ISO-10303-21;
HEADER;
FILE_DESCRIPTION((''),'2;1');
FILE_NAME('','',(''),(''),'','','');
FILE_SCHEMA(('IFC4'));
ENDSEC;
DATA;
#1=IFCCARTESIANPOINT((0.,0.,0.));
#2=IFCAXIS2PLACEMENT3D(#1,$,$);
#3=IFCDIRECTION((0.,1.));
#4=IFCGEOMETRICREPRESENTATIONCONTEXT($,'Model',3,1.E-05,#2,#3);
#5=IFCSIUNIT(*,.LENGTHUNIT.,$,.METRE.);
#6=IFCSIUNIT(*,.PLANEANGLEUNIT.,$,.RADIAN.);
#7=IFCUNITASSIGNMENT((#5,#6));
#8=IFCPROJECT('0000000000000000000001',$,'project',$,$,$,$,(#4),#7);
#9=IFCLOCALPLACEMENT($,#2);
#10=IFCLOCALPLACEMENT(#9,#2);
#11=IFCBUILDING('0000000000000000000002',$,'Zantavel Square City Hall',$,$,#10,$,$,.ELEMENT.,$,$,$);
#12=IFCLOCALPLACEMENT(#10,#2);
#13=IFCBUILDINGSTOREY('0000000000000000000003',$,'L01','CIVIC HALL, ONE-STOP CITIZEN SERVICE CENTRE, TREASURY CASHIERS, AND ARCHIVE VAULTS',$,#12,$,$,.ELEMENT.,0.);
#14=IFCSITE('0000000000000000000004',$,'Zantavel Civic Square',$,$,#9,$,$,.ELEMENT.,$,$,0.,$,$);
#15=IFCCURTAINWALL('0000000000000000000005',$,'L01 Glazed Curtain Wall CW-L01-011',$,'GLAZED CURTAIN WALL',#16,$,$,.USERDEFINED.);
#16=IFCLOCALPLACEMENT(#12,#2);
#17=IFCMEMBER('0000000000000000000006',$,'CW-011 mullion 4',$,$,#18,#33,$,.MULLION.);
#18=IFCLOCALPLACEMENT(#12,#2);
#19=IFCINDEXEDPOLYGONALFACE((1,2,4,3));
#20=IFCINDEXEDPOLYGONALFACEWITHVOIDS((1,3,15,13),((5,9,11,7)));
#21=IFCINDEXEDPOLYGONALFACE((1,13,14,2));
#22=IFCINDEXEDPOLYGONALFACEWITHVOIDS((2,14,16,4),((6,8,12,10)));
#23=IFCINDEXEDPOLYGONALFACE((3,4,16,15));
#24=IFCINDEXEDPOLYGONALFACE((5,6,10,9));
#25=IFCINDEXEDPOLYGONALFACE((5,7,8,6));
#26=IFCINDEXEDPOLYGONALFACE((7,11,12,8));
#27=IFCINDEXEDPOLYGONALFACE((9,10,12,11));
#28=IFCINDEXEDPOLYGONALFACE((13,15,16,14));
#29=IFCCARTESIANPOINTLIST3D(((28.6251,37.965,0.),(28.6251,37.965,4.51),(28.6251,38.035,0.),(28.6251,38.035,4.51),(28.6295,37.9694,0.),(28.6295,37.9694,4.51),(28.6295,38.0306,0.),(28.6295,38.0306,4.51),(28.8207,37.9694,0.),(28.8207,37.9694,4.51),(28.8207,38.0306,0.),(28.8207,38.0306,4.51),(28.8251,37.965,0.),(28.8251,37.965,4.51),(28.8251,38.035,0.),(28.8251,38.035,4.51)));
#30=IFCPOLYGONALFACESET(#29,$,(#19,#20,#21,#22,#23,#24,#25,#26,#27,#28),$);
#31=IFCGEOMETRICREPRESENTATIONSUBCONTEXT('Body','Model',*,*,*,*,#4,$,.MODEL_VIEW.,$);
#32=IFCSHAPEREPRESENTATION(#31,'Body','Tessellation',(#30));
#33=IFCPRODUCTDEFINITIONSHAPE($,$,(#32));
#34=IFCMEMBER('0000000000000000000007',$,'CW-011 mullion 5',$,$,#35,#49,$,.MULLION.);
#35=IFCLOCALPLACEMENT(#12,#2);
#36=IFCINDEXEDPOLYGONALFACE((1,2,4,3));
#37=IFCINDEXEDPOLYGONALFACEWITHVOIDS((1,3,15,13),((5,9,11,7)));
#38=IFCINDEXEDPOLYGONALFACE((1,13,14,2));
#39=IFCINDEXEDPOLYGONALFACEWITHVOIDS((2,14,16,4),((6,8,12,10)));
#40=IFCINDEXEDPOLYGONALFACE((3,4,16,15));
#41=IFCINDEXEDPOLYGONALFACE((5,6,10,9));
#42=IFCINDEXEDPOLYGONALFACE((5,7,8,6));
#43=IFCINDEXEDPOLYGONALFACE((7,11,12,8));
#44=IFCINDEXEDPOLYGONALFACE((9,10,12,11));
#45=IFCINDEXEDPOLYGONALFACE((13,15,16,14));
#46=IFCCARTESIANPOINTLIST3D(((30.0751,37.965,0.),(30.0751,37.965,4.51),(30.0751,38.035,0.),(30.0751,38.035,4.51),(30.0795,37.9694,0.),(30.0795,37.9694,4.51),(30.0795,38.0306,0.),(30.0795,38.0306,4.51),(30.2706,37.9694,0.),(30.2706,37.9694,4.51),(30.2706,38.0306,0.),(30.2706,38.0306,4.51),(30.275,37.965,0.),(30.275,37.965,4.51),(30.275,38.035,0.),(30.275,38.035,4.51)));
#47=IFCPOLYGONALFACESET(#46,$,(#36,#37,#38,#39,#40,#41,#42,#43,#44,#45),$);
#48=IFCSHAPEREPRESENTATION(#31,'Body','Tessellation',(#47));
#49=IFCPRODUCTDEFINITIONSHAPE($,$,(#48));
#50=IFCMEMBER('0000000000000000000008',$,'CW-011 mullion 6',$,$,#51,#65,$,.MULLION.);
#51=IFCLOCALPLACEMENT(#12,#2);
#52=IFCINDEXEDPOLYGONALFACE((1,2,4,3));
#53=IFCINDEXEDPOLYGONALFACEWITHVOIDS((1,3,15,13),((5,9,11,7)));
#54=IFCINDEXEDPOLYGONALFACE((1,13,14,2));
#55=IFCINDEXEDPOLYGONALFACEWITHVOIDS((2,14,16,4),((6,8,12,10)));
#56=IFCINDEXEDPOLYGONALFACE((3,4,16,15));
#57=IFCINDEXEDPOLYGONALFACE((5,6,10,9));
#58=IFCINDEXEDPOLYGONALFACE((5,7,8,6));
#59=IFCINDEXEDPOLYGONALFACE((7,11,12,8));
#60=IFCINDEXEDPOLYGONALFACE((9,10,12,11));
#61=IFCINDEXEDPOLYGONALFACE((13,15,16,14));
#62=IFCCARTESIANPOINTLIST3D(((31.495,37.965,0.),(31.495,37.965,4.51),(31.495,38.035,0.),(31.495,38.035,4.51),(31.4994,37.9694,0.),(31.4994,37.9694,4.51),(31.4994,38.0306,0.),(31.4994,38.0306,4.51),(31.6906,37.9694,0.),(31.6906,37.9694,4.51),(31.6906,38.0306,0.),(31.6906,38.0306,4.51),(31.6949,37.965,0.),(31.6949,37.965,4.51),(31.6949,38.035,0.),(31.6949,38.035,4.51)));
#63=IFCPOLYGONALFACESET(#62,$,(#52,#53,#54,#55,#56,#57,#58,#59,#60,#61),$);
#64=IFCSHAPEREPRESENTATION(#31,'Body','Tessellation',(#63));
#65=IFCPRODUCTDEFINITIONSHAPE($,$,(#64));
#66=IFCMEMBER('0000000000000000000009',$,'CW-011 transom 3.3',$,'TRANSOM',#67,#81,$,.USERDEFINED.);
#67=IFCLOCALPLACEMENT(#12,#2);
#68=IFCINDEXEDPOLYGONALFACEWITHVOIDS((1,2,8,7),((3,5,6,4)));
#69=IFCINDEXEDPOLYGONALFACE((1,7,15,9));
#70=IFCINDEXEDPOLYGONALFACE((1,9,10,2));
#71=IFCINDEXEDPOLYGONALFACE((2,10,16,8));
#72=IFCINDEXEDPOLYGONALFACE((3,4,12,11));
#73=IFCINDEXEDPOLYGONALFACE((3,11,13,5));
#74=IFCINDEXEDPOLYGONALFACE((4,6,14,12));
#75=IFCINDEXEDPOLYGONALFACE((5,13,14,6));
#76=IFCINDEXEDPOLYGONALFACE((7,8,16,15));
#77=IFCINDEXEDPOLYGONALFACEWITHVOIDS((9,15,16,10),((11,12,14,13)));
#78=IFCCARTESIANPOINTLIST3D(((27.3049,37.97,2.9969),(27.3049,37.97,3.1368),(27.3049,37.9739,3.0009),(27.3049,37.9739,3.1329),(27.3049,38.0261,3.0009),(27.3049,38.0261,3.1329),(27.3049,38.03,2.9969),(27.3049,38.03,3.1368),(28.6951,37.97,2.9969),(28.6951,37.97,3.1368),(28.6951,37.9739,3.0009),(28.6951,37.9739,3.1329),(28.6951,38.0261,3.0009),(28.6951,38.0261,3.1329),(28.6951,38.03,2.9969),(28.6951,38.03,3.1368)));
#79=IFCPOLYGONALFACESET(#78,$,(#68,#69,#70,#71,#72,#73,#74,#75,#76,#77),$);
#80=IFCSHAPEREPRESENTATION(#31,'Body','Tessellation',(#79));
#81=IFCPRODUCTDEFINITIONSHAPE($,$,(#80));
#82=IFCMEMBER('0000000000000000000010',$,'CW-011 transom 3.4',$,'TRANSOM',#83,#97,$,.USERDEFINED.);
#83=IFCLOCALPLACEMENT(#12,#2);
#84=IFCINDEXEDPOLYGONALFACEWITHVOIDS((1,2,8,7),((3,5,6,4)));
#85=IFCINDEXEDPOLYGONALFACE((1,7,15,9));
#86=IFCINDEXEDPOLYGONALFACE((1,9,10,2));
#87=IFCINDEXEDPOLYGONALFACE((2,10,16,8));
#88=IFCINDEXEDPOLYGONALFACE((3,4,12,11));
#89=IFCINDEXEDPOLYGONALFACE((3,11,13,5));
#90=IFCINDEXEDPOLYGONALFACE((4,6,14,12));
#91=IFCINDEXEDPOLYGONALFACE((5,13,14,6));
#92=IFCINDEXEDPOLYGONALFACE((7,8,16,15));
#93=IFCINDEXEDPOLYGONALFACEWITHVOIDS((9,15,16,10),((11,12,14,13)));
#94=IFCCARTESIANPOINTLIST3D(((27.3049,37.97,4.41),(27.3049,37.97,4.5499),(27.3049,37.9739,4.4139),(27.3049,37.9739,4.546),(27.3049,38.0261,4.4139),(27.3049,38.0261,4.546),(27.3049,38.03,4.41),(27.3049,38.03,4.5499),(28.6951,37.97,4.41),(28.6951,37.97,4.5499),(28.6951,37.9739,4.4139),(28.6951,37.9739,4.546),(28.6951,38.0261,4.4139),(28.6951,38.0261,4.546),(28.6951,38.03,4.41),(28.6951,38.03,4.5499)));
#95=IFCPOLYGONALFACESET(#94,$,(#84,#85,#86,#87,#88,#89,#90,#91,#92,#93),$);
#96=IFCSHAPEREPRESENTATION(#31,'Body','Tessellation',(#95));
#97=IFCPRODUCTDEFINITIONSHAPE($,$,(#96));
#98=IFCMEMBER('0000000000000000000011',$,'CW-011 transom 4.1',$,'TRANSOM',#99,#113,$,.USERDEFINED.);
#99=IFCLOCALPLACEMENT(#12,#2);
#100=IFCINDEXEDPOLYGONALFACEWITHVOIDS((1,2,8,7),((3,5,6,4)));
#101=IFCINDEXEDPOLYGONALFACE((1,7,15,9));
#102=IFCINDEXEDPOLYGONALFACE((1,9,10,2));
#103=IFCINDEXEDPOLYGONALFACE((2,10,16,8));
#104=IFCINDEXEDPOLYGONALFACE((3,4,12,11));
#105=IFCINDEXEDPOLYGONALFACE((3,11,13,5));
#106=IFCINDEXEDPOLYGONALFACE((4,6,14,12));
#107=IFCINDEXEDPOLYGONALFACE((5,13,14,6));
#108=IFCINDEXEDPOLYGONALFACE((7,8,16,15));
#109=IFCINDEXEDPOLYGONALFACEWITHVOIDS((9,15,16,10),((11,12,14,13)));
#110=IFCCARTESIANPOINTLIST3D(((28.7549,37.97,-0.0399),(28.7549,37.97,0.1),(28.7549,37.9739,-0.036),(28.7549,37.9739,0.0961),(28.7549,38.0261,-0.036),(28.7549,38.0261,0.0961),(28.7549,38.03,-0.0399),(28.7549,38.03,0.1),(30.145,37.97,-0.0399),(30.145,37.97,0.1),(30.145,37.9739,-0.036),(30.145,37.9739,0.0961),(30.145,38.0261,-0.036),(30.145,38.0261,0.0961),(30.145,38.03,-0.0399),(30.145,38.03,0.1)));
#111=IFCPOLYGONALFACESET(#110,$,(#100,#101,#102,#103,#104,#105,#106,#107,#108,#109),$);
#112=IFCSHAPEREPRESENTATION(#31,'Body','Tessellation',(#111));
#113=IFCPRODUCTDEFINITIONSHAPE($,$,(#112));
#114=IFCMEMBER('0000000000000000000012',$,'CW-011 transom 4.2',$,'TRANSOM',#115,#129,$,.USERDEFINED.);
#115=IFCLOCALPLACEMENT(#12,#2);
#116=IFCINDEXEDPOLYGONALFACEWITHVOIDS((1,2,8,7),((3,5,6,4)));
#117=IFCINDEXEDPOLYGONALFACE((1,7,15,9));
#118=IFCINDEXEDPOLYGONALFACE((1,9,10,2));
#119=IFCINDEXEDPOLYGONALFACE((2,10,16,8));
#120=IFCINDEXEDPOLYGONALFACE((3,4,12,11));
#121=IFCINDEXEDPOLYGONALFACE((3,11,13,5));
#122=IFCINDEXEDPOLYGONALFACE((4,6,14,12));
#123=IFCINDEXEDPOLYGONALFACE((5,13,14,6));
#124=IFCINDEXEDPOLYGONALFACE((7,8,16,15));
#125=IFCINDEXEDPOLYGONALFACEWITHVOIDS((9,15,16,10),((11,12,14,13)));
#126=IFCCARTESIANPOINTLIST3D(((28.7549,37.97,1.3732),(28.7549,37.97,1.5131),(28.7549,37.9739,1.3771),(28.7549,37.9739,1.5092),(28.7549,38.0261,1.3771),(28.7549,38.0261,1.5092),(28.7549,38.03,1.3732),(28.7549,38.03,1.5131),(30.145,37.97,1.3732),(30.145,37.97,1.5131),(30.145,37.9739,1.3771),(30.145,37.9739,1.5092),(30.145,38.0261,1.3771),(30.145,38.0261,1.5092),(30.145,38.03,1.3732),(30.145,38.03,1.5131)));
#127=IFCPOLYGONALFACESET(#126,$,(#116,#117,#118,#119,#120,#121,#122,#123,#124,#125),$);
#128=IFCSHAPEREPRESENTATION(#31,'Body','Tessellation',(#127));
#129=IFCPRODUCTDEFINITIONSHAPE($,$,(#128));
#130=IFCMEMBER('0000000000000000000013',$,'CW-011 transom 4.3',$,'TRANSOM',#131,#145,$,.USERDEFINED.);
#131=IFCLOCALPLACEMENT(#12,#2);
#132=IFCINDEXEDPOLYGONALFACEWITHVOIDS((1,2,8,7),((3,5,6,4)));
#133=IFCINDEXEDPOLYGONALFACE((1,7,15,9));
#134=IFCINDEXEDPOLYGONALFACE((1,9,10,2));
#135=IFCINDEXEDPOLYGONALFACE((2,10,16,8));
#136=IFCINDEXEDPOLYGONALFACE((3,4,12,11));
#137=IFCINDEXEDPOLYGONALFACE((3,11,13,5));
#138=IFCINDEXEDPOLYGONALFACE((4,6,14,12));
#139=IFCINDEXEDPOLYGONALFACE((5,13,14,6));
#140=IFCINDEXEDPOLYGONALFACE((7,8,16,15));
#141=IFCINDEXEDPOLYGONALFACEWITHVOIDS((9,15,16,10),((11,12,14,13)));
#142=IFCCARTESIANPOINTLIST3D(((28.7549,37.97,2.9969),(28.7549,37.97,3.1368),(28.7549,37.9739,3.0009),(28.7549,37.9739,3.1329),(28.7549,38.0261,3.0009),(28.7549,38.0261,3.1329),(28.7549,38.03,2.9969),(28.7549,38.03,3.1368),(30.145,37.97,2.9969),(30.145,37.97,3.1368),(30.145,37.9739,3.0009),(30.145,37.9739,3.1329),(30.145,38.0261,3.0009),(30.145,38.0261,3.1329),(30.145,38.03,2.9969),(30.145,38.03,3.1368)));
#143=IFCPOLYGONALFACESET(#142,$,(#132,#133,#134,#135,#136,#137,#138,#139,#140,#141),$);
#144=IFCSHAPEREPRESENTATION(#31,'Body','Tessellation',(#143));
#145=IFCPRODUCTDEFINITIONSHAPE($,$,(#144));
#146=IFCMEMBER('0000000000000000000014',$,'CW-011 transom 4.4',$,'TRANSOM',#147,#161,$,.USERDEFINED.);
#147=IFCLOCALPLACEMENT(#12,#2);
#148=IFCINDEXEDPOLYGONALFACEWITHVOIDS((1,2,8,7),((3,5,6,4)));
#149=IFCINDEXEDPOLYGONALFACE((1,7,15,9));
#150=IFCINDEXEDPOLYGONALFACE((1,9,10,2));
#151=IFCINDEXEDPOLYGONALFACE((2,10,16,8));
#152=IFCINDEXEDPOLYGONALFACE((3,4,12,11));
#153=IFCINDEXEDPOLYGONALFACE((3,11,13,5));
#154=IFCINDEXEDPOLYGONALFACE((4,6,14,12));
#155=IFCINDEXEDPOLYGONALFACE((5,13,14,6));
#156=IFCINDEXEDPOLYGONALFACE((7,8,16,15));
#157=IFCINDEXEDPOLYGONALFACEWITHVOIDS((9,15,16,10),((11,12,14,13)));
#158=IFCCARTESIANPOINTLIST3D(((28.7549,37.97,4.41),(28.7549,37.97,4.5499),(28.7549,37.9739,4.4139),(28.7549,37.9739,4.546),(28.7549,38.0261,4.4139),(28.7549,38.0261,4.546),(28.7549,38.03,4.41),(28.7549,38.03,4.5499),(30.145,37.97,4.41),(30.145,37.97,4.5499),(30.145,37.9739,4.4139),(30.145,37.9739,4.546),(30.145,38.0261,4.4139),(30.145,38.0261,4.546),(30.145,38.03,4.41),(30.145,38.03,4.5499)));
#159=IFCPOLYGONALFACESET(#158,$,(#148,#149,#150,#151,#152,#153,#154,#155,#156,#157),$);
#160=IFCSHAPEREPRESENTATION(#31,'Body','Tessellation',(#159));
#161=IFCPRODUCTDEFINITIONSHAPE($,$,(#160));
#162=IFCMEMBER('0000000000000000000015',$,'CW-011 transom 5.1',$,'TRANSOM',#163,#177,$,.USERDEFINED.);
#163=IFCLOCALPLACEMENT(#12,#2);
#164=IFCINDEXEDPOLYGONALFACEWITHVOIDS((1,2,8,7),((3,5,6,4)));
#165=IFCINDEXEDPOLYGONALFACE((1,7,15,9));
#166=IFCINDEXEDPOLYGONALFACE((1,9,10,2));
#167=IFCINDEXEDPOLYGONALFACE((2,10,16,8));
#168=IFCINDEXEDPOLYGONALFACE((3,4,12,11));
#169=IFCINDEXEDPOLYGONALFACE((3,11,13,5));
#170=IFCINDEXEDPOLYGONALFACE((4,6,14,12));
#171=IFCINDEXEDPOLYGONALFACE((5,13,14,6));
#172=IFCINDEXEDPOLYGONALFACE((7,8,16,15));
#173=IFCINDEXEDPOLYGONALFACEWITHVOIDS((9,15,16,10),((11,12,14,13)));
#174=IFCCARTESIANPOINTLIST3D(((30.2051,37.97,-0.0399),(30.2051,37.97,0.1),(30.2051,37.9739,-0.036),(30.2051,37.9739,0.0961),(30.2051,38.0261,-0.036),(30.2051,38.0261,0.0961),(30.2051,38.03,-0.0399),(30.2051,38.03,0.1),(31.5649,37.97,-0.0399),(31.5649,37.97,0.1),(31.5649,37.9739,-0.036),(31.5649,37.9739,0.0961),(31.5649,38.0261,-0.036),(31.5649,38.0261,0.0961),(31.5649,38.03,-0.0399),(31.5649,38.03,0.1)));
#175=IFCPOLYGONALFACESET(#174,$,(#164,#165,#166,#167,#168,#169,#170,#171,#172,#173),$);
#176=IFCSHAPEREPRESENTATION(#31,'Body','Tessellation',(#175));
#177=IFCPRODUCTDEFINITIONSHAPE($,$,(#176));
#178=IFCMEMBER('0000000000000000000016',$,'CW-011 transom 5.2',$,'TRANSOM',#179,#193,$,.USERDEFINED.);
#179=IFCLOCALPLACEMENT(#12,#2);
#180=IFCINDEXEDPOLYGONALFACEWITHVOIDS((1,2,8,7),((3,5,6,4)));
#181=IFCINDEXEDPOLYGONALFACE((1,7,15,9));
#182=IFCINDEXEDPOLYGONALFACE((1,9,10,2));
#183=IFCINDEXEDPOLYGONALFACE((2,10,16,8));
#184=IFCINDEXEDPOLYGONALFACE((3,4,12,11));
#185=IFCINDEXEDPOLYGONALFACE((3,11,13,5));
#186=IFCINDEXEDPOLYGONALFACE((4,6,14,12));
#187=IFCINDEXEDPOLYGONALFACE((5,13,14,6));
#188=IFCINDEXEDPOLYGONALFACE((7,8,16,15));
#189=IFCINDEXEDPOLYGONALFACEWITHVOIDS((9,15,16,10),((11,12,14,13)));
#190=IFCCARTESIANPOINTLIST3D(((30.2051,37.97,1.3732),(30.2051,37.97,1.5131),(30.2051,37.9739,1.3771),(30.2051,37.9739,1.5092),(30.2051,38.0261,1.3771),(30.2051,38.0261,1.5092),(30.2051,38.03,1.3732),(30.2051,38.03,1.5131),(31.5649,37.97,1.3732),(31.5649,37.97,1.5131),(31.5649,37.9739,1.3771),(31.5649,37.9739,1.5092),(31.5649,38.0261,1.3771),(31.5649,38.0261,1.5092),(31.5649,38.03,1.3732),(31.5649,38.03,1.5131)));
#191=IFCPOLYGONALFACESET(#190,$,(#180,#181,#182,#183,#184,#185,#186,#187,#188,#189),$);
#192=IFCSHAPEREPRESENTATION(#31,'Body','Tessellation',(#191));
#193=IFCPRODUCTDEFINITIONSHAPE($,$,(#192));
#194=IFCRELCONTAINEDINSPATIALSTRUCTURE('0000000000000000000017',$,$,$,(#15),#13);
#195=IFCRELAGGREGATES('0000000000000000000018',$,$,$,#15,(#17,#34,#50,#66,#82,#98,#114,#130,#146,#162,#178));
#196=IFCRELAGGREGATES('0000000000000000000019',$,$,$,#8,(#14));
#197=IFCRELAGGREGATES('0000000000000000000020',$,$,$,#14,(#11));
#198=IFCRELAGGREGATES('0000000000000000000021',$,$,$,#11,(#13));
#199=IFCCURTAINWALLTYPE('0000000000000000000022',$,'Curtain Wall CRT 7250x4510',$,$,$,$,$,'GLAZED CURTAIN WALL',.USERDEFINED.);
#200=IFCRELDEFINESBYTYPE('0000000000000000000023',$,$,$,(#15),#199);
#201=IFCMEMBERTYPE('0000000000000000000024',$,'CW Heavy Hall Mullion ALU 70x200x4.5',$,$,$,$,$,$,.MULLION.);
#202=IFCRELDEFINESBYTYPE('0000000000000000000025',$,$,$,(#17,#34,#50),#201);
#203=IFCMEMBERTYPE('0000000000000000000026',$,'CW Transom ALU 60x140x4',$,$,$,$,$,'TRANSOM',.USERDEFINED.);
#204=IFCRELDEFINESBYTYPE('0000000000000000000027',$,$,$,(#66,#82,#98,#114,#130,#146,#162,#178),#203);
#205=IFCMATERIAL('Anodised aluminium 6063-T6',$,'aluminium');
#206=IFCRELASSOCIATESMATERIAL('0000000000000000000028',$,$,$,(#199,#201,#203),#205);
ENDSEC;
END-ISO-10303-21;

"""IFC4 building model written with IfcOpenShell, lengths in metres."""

from ifc_helpers import new_model, si_unit, direction, frame, origin, origin_2d, place, context, subcontext, project, spatial, hollow_rectangle, extrude, material, material_profile, profile_set, type_object, element, aggregate, save


model = new_model("IFC4")

# Units and contexts
model_context = context("Model", 3, precision=1e-05, world=origin(), true_north=direction((0.0, 1.0)))
body_context = subcontext(model_context, "Body", "Model", "MODEL_VIEW")
ifc_project = project(units=[si_unit("LENGTHUNIT", "METRE"), si_unit("PLANEANGLEUNIT", "RADIAN")], contexts=[model_context])

# Site, building, storey
site_placement = place(None, origin())
site = spatial("IfcSite", under=ifc_project, at=site_placement, Name="Zantavel Civic Square", CompositionType="ELEMENT", RefElevation=0.0)
building_placement = place(site_placement, origin())
building = spatial("IfcBuilding", under=site, at=building_placement, Name="Zantavel Square City Hall", CompositionType="ELEMENT")
storey_placement = place(building_placement, origin())
storey = spatial("IfcBuildingStorey", under=building, at=storey_placement, Name="L01", Description="CIVIC HALL, ONE-STOP CITIZEN SERVICE CENTRE, TREASURY CASHIERS, AND ARCHIVE VAULTS", CompositionType="ELEMENT", Elevation=0.0)

# Curtain wall, members
ifc_material_1 = material(Name="Anodised aluminium 6063-T6", Category="aluminium")
curtain_wall_type = type_object("IfcCurtainWallType", Name="Curtain Wall CRT 7250x4510", ElementType="GLAZED CURTAIN WALL", PredefinedType="USERDEFINED", material=ifc_material_1)
curtain_wall_placement = place(storey_placement, origin())
curtain_wall = element("IfcCurtainWall", 1, at=curtain_wall_placement, inside=storey, type_object=curtain_wall_type, Name="L01 Glazed Curtain Wall CW-L01-011", ObjectType="GLAZED CURTAIN WALL", PredefinedType="USERDEFINED")
ifc_material_profile_1 = material_profile(ifc_material_1, hollow_rectangle(XDim=0.0701, YDim=0.2, WallThickness=0.0044, at=origin_2d()), Name="ALU 70x200x4.5")
ifc_profile_set_1 = profile_set([ifc_material_profile_1], Name="Anodised aluminium 6063-T6")
member_type_1 = type_object("IfcMemberType", Name="CW Heavy Hall Mullion ALU 70x200x4.5", PredefinedType="MULLION", material=ifc_profile_set_1)
member_1_placement = place(storey_placement, frame((28.7251, 38.0, 0.0), z_axis=(0.0, 0.0, 1.0), x_axis=(0.0, 1.0, 0.0)))
member_1 = element("IfcMember", 2, at=member_1_placement, type_object=member_type_1, Name="CW-011 mullion 4", PredefinedType="MULLION", context=body_context, shape_type="SweptSolid", body=[
    extrude(hollow_rectangle(XDim=0.0701, YDim=0.2, WallThickness=0.0044, at=origin_2d()), origin(), (0.0, 0.0, 1.0), 4.51),
])
member_2_placement = place(storey_placement, frame((30.175, 38.0, 0.0), z_axis=(0.0, 0.0, 1.0), x_axis=(0.0, 1.0, 0.0)))
member_2 = element("IfcMember", 3, at=member_2_placement, type_object=member_type_1, Name="CW-011 mullion 5", PredefinedType="MULLION", context=body_context, shape_type="SweptSolid", body=[
    extrude(hollow_rectangle(XDim=0.0701, YDim=0.2, WallThickness=0.0044, at=origin_2d()), origin(), (0.0, 0.0, 1.0), 4.51),
])
member_3_placement = place(storey_placement, frame((31.595, 38.0, 0.0), z_axis=(0.0, 0.0, 1.0), x_axis=(0.0, 1.0, 0.0)))
member_3 = element("IfcMember", 4, at=member_3_placement, type_object=member_type_1, Name="CW-011 mullion 6", PredefinedType="MULLION", context=body_context, shape_type="SweptSolid", body=[
    extrude(hollow_rectangle(XDim=0.0701, YDim=0.2, WallThickness=0.0044, at=origin_2d()), origin(), (0.0, 0.0, 1.0), 4.51),
])
ifc_material_profile_2 = material_profile(ifc_material_1, hollow_rectangle(XDim=0.0601, YDim=0.1399, WallThickness=0.0039, at=origin_2d()), Name="ALU 60x140x4")
ifc_profile_set_2 = profile_set([ifc_material_profile_2], Name="Anodised aluminium 6063-T6")
member_type_2 = type_object("IfcMemberType", Name="CW Transom ALU 60x140x4", ElementType="TRANSOM", PredefinedType="USERDEFINED", material=ifc_profile_set_2)
member_4_placement = place(storey_placement, frame((27.3049, 38.0, 3.0669), z_axis=(1.0, 0.0, 0.0), x_axis=(0.0, 1.0, 0.0)))
member_4 = element("IfcMember", 5, at=member_4_placement, type_object=member_type_2, Name="CW-011 transom 3.3", ObjectType="TRANSOM", PredefinedType="USERDEFINED", context=body_context, shape_type="SweptSolid", body=[
    extrude(hollow_rectangle(XDim=0.0601, YDim=0.1399, WallThickness=0.0039, at=origin_2d()), origin(), (0.0, 0.0, 1.0), 1.3901),
])
member_5_placement = place(storey_placement, frame((27.3049, 38.0, 4.48), z_axis=(1.0, 0.0, 0.0), x_axis=(0.0, 1.0, 0.0)))
member_5 = element("IfcMember", 6, at=member_5_placement, type_object=member_type_2, Name="CW-011 transom 3.4", ObjectType="TRANSOM", PredefinedType="USERDEFINED", context=body_context, shape_type="SweptSolid", body=[
    extrude(hollow_rectangle(XDim=0.0601, YDim=0.1399, WallThickness=0.0039, at=origin_2d()), origin(), (0.0, 0.0, 1.0), 1.3901),
])
member_6_placement = place(storey_placement, frame((28.7549, 38.0, 0.03), z_axis=(1.0, 0.0, 0.0), x_axis=(0.0, 1.0, 0.0)))
member_6 = element("IfcMember", 7, at=member_6_placement, type_object=member_type_2, Name="CW-011 transom 4.1", ObjectType="TRANSOM", PredefinedType="USERDEFINED", context=body_context, shape_type="SweptSolid", body=[
    extrude(hollow_rectangle(XDim=0.0601, YDim=0.1399, WallThickness=0.0039, at=origin_2d()), origin(), (0.0, 0.0, 1.0), 1.3901),
])
member_7_placement = place(storey_placement, frame((28.7549, 38.0, 1.4431), z_axis=(1.0, 0.0, 0.0), x_axis=(0.0, 1.0, 0.0)))
member_7 = element("IfcMember", 8, at=member_7_placement, type_object=member_type_2, Name="CW-011 transom 4.2", ObjectType="TRANSOM", PredefinedType="USERDEFINED", context=body_context, shape_type="SweptSolid", body=[
    extrude(hollow_rectangle(XDim=0.0601, YDim=0.1399, WallThickness=0.0039, at=origin_2d()), origin(), (0.0, 0.0, 1.0), 1.3901),
])
member_8_placement = place(storey_placement, frame((28.7549, 38.0, 3.0669), z_axis=(1.0, 0.0, 0.0), x_axis=(0.0, 1.0, 0.0)))
member_8 = element("IfcMember", 9, at=member_8_placement, type_object=member_type_2, Name="CW-011 transom 4.3", ObjectType="TRANSOM", PredefinedType="USERDEFINED", context=body_context, shape_type="SweptSolid", body=[
    extrude(hollow_rectangle(XDim=0.0601, YDim=0.1399, WallThickness=0.0039, at=origin_2d()), origin(), (0.0, 0.0, 1.0), 1.3901),
])
member_9_placement = place(storey_placement, frame((28.7549, 38.0, 4.48), z_axis=(1.0, 0.0, 0.0), x_axis=(0.0, 1.0, 0.0)))
member_9 = element("IfcMember", 10, at=member_9_placement, type_object=member_type_2, Name="CW-011 transom 4.4", ObjectType="TRANSOM", PredefinedType="USERDEFINED", context=body_context, shape_type="SweptSolid", body=[
    extrude(hollow_rectangle(XDim=0.0601, YDim=0.1399, WallThickness=0.0039, at=origin_2d()), origin(), (0.0, 0.0, 1.0), 1.3901),
])
member_10_placement = place(storey_placement, frame((30.2051, 38.0, 0.03), z_axis=(1.0, 0.0, 0.0), x_axis=(0.0, 1.0, 0.0)))
member_10 = element("IfcMember", 11, at=member_10_placement, type_object=member_type_2, Name="CW-011 transom 5.1", ObjectType="TRANSOM", PredefinedType="USERDEFINED", context=body_context, shape_type="SweptSolid", body=[
    extrude(hollow_rectangle(XDim=0.0601, YDim=0.1399, WallThickness=0.0039, at=origin_2d()), origin(), (0.0, 0.0, 1.0), 1.3599),
])
member_11_placement = place(storey_placement, frame((30.2051, 38.0, 1.4431), z_axis=(1.0, 0.0, 0.0), x_axis=(0.0, 1.0, 0.0)))
member_11 = element("IfcMember", 12, at=member_11_placement, type_object=member_type_2, Name="CW-011 transom 5.2", ObjectType="TRANSOM", PredefinedType="USERDEFINED", context=body_context, shape_type="SweptSolid", body=[
    extrude(hollow_rectangle(XDim=0.0601, YDim=0.1399, WallThickness=0.0039, at=origin_2d()), origin(), (0.0, 0.0, 1.0), 1.3599),
])
aggregate(curtain_wall, [member_1, member_2, member_3, member_4, member_5, member_6, member_7, member_8, member_9, member_10, member_11])

save(model, "model.ifc")
